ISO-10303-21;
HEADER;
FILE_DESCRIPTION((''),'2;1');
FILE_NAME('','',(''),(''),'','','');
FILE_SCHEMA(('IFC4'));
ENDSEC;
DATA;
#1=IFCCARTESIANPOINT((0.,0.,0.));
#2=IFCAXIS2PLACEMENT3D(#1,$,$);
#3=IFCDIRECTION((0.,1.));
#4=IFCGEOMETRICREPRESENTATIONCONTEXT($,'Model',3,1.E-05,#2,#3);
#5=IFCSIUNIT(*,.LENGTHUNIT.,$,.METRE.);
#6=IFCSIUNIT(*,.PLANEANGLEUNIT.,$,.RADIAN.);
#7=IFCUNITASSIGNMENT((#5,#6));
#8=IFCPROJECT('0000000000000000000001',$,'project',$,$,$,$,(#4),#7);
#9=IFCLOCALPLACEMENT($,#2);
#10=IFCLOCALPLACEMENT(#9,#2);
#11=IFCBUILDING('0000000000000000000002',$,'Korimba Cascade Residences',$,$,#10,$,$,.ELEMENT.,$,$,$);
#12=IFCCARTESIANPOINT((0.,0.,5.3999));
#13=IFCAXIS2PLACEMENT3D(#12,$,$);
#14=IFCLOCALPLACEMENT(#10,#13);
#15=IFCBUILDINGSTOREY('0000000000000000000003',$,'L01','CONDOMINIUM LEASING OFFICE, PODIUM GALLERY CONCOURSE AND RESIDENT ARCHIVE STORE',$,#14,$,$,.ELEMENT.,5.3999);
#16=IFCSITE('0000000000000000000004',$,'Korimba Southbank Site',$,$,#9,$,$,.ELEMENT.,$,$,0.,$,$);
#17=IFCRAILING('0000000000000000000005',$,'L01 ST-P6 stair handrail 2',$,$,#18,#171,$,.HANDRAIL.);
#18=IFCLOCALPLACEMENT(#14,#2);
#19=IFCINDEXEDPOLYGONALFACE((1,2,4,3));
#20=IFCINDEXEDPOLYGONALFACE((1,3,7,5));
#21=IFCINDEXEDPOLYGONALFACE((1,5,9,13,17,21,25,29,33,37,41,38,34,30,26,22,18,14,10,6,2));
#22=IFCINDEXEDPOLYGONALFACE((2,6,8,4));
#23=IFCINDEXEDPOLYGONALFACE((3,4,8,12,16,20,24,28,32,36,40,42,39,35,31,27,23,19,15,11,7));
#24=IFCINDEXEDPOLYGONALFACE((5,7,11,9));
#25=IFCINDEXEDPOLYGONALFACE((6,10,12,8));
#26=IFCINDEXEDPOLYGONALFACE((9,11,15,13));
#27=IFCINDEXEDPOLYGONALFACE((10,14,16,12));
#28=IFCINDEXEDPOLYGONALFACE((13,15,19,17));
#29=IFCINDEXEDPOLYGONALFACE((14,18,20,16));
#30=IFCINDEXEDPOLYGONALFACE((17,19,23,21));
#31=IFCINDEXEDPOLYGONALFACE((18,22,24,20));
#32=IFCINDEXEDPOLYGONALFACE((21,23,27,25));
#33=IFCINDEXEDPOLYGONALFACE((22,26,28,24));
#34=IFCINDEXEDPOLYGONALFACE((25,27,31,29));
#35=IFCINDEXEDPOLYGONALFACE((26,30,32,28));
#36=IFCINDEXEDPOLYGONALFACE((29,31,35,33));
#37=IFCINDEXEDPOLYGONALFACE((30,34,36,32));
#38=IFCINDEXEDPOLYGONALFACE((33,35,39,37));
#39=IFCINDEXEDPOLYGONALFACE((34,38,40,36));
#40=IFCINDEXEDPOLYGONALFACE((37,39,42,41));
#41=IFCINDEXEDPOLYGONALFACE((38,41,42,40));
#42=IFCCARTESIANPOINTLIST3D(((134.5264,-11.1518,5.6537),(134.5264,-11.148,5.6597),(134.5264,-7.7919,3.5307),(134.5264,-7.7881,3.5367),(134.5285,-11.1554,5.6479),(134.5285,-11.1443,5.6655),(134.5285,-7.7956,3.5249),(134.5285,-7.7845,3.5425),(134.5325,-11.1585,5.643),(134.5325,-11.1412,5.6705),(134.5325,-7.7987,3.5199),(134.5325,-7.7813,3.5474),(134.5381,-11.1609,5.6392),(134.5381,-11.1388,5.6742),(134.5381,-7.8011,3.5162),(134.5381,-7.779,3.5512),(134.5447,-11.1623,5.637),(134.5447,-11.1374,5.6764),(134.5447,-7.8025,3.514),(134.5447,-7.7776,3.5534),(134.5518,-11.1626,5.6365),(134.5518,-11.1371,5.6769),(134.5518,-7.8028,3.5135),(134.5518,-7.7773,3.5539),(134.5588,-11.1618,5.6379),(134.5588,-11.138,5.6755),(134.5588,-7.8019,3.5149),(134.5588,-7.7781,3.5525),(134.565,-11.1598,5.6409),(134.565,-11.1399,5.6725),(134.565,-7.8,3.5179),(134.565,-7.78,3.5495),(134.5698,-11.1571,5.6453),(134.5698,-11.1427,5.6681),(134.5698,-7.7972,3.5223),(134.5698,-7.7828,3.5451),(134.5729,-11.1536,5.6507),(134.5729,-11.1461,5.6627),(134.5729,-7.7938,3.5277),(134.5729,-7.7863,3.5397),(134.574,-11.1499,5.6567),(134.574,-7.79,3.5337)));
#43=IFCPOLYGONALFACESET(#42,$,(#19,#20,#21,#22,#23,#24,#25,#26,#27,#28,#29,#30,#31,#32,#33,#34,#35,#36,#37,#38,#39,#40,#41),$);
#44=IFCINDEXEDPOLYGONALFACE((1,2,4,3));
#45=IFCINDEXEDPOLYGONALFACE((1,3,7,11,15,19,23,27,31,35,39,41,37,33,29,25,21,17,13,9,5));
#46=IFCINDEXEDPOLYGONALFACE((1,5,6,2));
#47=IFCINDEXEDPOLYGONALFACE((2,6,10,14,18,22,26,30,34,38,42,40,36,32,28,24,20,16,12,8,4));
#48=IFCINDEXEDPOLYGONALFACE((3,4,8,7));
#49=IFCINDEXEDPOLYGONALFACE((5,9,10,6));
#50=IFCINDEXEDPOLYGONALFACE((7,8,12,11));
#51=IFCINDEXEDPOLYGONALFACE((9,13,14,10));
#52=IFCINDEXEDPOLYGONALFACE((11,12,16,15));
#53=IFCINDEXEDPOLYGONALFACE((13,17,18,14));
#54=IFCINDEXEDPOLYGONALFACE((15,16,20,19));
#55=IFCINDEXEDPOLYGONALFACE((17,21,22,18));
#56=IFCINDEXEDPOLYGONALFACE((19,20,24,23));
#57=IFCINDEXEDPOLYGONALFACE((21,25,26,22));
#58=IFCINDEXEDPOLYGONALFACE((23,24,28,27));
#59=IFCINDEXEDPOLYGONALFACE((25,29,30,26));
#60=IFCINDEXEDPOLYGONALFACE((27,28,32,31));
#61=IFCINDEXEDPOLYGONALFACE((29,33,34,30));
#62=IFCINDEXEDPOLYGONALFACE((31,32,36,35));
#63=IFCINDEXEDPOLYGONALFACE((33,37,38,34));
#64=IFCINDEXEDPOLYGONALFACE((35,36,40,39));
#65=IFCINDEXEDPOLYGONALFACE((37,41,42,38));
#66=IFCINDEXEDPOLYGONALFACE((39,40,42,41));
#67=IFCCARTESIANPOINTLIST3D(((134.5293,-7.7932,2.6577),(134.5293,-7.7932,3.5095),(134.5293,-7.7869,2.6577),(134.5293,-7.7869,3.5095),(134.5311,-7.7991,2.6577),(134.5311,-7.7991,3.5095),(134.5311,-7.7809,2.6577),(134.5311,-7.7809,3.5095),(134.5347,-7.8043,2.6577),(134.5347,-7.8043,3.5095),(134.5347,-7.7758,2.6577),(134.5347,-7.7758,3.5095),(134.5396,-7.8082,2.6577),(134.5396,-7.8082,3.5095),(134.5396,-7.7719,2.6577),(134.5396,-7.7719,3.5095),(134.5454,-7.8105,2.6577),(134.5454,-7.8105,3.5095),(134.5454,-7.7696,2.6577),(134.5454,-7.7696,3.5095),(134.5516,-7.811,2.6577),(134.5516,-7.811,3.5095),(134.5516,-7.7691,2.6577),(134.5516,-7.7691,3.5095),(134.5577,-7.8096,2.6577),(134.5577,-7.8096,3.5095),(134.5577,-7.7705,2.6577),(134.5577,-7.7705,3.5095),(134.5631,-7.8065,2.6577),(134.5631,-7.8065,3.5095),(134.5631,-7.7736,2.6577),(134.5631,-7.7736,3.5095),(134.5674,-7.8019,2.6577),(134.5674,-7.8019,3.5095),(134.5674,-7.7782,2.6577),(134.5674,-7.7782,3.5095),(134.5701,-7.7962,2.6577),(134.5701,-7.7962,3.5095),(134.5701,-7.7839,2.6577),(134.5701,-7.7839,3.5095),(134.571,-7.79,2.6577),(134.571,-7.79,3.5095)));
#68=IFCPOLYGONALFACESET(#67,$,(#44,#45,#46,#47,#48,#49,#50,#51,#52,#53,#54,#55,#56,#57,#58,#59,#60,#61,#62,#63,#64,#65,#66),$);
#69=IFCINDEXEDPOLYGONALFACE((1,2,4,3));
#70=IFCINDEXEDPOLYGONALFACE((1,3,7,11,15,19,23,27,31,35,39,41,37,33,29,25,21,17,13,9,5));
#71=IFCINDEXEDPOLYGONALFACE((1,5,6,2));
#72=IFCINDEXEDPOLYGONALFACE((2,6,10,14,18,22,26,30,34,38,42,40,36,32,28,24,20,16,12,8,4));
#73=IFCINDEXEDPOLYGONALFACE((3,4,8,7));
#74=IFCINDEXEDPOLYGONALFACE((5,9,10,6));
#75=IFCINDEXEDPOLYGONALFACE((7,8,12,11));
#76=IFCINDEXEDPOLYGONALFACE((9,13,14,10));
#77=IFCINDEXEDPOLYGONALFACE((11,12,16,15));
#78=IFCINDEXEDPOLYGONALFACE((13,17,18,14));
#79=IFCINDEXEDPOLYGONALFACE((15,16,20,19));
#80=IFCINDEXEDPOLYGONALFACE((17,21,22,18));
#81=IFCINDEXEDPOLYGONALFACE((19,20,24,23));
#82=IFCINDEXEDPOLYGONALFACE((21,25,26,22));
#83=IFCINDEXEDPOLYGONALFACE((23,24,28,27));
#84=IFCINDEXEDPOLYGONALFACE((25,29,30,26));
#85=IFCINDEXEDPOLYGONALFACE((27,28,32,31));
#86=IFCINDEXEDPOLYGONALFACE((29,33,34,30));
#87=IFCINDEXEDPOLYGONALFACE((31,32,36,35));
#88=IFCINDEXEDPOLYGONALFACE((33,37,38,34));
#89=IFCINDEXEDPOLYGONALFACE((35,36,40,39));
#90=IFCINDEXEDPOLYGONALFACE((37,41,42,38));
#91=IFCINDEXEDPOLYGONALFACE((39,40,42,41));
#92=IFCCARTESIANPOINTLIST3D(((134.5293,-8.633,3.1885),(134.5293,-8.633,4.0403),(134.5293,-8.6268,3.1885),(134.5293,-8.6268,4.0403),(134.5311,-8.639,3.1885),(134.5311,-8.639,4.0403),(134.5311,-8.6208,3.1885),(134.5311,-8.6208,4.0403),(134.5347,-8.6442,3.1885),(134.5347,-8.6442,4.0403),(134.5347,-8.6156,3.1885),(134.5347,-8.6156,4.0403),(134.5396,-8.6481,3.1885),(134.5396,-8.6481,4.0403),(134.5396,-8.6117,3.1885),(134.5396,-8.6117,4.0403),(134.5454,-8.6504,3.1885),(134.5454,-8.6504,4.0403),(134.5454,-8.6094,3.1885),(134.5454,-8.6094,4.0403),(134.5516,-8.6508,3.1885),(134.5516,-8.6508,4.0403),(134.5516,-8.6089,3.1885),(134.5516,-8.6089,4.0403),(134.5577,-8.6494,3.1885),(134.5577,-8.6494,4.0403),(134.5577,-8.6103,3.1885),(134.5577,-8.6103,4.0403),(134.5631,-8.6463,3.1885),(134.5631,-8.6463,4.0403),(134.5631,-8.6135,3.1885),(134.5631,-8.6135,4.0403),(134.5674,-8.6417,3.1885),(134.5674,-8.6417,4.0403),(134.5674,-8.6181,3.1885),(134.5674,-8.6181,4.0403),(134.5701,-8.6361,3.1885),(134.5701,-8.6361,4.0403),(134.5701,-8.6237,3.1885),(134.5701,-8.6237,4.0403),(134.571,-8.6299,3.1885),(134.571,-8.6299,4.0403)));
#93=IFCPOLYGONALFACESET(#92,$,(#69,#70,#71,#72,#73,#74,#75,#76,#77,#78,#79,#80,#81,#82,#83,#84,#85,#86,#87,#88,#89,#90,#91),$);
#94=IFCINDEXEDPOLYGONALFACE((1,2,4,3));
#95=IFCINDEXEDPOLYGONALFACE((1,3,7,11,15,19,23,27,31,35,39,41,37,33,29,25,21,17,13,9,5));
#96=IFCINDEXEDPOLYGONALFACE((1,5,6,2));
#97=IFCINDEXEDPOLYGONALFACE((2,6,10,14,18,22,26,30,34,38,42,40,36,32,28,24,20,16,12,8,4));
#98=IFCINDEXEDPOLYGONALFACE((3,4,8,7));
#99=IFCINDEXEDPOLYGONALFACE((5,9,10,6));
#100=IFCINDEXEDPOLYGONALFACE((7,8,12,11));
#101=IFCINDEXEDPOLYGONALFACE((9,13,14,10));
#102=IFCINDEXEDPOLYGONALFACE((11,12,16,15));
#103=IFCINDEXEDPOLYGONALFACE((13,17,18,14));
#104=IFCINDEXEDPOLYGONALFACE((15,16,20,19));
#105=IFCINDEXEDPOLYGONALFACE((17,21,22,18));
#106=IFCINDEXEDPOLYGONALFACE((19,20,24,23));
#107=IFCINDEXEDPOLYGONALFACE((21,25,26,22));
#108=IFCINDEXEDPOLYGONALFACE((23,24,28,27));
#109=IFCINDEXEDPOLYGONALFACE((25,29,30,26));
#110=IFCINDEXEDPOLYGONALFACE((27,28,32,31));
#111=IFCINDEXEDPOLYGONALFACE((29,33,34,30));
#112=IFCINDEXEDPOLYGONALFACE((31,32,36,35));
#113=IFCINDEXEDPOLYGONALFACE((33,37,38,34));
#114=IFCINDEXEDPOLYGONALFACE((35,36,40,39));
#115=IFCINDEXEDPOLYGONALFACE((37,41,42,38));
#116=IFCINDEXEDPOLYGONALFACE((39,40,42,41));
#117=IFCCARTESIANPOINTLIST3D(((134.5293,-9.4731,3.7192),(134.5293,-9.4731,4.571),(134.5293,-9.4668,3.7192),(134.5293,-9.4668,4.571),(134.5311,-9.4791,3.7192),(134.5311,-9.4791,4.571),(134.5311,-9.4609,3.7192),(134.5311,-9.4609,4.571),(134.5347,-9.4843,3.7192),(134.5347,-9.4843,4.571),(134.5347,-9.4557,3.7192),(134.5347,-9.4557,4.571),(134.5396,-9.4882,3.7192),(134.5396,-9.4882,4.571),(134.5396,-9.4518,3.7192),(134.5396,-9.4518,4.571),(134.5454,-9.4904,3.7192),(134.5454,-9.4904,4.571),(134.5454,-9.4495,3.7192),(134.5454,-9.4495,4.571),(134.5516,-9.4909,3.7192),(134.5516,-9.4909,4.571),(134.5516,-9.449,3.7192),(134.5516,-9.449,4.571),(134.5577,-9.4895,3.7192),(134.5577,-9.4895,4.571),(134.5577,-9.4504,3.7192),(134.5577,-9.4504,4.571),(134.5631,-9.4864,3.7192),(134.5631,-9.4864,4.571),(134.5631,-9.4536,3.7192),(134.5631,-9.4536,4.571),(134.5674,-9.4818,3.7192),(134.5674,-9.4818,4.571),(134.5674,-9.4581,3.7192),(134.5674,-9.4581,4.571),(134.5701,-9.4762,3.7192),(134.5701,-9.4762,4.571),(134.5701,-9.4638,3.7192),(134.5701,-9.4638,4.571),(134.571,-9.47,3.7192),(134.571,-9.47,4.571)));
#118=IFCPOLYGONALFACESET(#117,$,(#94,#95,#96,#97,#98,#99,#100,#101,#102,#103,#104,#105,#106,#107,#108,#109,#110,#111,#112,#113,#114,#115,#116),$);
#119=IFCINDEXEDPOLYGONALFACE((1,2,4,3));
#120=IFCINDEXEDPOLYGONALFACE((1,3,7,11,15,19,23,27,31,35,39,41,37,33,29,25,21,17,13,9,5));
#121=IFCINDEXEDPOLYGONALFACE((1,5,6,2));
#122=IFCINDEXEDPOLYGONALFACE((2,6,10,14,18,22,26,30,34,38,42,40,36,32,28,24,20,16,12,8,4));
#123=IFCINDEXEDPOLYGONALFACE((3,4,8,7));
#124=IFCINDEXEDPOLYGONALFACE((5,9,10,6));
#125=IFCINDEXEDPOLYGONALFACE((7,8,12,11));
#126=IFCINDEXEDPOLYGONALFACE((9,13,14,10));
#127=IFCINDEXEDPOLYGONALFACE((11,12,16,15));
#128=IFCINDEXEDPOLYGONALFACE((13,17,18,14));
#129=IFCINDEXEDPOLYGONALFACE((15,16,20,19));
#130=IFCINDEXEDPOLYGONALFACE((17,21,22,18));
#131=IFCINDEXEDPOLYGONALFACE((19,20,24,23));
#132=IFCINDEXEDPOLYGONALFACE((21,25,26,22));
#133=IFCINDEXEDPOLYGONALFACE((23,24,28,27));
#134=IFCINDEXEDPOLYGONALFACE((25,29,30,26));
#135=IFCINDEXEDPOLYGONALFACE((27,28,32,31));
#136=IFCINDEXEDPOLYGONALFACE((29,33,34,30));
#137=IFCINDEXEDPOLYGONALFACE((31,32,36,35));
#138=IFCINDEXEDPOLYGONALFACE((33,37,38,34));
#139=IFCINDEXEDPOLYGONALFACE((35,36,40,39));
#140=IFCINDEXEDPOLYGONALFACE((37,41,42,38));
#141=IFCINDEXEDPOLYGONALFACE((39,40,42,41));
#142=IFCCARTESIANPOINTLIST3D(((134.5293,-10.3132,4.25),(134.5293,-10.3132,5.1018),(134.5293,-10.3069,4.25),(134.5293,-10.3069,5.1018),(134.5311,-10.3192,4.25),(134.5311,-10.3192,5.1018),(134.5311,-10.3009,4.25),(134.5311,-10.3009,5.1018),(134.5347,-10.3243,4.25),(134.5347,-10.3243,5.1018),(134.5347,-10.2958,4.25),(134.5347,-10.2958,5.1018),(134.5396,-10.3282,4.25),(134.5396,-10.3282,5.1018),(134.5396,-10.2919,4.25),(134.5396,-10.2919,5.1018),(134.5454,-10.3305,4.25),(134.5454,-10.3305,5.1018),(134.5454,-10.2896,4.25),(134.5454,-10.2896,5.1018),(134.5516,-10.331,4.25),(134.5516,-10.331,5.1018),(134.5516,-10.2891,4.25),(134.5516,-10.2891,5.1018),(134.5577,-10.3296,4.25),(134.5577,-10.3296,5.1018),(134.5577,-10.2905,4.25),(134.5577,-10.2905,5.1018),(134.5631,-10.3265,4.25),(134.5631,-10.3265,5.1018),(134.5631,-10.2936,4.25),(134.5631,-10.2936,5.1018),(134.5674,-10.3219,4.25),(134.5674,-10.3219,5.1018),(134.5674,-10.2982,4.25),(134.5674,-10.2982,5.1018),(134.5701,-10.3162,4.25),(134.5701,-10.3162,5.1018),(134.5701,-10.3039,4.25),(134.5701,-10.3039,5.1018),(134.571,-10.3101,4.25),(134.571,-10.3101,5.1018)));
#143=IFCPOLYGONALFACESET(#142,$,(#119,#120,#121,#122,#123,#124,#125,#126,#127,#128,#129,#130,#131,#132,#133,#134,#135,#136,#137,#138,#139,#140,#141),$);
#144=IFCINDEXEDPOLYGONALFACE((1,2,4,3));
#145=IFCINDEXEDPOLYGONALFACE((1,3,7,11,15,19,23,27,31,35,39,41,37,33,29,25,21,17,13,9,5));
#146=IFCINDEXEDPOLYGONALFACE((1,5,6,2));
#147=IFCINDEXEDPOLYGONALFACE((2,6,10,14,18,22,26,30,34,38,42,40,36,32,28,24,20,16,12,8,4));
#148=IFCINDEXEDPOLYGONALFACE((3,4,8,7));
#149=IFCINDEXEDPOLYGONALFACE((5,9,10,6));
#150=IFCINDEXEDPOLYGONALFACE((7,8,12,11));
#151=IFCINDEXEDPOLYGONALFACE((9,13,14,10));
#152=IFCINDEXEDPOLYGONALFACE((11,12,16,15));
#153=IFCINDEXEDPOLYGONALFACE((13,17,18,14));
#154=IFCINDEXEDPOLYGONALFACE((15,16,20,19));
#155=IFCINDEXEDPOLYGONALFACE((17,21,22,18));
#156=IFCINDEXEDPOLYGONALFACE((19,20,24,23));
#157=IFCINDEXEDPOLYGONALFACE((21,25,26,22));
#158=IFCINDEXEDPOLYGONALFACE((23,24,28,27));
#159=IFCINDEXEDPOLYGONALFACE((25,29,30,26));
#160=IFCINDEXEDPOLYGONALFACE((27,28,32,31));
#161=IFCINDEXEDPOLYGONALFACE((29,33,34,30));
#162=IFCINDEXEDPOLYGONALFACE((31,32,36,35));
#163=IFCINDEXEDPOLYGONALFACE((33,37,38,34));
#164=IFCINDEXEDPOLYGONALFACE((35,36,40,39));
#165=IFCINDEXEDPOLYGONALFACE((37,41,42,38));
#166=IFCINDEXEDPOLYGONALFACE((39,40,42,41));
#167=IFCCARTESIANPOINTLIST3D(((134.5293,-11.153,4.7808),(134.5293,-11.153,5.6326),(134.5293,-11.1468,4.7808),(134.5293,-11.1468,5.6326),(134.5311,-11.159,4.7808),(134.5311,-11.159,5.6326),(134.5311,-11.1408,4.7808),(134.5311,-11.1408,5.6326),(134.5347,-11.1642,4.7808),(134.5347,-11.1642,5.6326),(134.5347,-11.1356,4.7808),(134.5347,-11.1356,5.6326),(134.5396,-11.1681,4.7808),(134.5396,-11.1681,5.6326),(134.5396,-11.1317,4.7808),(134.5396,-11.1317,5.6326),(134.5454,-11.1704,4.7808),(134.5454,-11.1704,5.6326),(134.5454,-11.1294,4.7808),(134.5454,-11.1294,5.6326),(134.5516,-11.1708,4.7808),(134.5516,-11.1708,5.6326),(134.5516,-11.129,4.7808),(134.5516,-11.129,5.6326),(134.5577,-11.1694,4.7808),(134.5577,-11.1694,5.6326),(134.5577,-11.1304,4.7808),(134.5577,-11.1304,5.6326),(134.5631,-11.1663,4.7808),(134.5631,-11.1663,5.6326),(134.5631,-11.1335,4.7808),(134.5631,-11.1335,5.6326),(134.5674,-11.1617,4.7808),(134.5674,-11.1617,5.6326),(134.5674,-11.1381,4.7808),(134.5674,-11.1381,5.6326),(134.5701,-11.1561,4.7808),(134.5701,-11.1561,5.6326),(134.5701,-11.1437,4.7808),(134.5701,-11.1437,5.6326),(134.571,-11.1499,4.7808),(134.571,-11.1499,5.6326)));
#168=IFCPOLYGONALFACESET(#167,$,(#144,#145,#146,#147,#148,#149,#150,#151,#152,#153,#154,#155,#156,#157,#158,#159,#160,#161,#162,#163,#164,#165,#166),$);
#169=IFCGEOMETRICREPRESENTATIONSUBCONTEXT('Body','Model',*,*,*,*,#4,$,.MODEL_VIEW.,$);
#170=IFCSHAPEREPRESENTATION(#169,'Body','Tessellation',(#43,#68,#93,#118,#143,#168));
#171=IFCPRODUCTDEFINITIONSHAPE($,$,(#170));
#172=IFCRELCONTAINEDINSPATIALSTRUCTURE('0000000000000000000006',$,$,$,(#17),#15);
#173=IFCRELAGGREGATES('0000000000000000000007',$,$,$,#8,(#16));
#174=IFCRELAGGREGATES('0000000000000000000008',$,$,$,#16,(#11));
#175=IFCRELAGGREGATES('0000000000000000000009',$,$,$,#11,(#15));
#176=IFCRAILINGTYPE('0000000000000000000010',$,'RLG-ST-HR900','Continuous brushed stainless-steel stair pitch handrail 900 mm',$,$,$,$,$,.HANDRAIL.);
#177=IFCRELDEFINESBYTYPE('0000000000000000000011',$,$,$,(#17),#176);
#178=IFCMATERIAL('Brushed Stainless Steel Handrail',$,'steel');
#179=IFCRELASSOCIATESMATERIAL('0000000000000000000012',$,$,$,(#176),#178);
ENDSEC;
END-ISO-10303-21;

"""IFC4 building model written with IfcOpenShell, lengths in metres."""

from ifc_helpers import new_model, si_unit, direction, frame, origin, origin_2d, place, context, subcontext, project, spatial, circle, extrude, material, type_object, element, save


model = new_model("IFC4")

# Units and contexts
model_context = context("Model", 3, precision=1e-05, world=origin(), true_north=direction((0.0, 1.0)))
body_context = subcontext(model_context, "Body", "Model", "MODEL_VIEW")
ifc_project = project(units=[si_unit("LENGTHUNIT", "METRE"), si_unit("PLANEANGLEUNIT", "RADIAN")], contexts=[model_context])

# Site, building, storey
site_placement = place(None, origin())
site = spatial("IfcSite", under=ifc_project, at=site_placement, Name="Korimba Southbank Site", CompositionType="ELEMENT", RefElevation=0.0)
building_placement = place(site_placement, origin())
building = spatial("IfcBuilding", under=site, at=building_placement, Name="Korimba Cascade Residences", CompositionType="ELEMENT")
storey_placement = place(building_placement, frame((0.0, 0.0, 5.3999)))
storey = spatial("IfcBuildingStorey", under=building, at=storey_placement, Name="L01", Description="CONDOMINIUM LEASING OFFICE, PODIUM GALLERY CONCOURSE AND RESIDENT ARCHIVE STORE", CompositionType="ELEMENT", Elevation=5.3999)

# Railing
ifc_material_1 = material(Name="Brushed Stainless Steel Handrail", Category="steel")
railing_type_1 = type_object("IfcRailingType", Name="RLG-ST-HR900", Description="Continuous brushed stainless-steel stair pitch handrail 900 mm", PredefinedType="HANDRAIL", material=ifc_material_1)
railing_1_placement = place(storey_placement, frame((134.55, -7.79, 2.6577)))
element("IfcRailing", 1, at=railing_1_placement, inside=storey, type_object=railing_type_1, Name="L01 ST-P6 stair handrail 2", PredefinedType="HANDRAIL", context=body_context, shape_type="SweptSolid", body=[
    extrude(circle(Radius=0.0239, at=origin_2d()), frame((0.0, 0.0, 0.876), z_axis=(0.0, -0.845372, 0.534178), x_axis=(1.0, 0.0, 0.0)), (0.0, 0.0, 1.0), 3.9744),
    extrude(circle(Radius=0.021, at=origin_2d()), origin(), (0.0, 0.0, 1.0), 0.8518),
    extrude(circle(Radius=0.021, at=origin_2d()), frame((0.0, -0.8398, 0.5308)), (0.0, 0.0, 1.0), 0.8518),
    extrude(circle(Radius=0.021, at=origin_2d()), frame((0.0, -1.6799, 1.0615)), (0.0, 0.0, 1.0), 0.8518),
    extrude(circle(Radius=0.021, at=origin_2d()), frame((0.0, -2.52, 1.5923)), (0.0, 0.0, 1.0), 0.8518),
    extrude(circle(Radius=0.021, at=origin_2d()), frame((0.0, -3.3599, 2.123)), (0.0, 0.0, 1.0), 0.8518),
])

save(model, "model.ifc")
